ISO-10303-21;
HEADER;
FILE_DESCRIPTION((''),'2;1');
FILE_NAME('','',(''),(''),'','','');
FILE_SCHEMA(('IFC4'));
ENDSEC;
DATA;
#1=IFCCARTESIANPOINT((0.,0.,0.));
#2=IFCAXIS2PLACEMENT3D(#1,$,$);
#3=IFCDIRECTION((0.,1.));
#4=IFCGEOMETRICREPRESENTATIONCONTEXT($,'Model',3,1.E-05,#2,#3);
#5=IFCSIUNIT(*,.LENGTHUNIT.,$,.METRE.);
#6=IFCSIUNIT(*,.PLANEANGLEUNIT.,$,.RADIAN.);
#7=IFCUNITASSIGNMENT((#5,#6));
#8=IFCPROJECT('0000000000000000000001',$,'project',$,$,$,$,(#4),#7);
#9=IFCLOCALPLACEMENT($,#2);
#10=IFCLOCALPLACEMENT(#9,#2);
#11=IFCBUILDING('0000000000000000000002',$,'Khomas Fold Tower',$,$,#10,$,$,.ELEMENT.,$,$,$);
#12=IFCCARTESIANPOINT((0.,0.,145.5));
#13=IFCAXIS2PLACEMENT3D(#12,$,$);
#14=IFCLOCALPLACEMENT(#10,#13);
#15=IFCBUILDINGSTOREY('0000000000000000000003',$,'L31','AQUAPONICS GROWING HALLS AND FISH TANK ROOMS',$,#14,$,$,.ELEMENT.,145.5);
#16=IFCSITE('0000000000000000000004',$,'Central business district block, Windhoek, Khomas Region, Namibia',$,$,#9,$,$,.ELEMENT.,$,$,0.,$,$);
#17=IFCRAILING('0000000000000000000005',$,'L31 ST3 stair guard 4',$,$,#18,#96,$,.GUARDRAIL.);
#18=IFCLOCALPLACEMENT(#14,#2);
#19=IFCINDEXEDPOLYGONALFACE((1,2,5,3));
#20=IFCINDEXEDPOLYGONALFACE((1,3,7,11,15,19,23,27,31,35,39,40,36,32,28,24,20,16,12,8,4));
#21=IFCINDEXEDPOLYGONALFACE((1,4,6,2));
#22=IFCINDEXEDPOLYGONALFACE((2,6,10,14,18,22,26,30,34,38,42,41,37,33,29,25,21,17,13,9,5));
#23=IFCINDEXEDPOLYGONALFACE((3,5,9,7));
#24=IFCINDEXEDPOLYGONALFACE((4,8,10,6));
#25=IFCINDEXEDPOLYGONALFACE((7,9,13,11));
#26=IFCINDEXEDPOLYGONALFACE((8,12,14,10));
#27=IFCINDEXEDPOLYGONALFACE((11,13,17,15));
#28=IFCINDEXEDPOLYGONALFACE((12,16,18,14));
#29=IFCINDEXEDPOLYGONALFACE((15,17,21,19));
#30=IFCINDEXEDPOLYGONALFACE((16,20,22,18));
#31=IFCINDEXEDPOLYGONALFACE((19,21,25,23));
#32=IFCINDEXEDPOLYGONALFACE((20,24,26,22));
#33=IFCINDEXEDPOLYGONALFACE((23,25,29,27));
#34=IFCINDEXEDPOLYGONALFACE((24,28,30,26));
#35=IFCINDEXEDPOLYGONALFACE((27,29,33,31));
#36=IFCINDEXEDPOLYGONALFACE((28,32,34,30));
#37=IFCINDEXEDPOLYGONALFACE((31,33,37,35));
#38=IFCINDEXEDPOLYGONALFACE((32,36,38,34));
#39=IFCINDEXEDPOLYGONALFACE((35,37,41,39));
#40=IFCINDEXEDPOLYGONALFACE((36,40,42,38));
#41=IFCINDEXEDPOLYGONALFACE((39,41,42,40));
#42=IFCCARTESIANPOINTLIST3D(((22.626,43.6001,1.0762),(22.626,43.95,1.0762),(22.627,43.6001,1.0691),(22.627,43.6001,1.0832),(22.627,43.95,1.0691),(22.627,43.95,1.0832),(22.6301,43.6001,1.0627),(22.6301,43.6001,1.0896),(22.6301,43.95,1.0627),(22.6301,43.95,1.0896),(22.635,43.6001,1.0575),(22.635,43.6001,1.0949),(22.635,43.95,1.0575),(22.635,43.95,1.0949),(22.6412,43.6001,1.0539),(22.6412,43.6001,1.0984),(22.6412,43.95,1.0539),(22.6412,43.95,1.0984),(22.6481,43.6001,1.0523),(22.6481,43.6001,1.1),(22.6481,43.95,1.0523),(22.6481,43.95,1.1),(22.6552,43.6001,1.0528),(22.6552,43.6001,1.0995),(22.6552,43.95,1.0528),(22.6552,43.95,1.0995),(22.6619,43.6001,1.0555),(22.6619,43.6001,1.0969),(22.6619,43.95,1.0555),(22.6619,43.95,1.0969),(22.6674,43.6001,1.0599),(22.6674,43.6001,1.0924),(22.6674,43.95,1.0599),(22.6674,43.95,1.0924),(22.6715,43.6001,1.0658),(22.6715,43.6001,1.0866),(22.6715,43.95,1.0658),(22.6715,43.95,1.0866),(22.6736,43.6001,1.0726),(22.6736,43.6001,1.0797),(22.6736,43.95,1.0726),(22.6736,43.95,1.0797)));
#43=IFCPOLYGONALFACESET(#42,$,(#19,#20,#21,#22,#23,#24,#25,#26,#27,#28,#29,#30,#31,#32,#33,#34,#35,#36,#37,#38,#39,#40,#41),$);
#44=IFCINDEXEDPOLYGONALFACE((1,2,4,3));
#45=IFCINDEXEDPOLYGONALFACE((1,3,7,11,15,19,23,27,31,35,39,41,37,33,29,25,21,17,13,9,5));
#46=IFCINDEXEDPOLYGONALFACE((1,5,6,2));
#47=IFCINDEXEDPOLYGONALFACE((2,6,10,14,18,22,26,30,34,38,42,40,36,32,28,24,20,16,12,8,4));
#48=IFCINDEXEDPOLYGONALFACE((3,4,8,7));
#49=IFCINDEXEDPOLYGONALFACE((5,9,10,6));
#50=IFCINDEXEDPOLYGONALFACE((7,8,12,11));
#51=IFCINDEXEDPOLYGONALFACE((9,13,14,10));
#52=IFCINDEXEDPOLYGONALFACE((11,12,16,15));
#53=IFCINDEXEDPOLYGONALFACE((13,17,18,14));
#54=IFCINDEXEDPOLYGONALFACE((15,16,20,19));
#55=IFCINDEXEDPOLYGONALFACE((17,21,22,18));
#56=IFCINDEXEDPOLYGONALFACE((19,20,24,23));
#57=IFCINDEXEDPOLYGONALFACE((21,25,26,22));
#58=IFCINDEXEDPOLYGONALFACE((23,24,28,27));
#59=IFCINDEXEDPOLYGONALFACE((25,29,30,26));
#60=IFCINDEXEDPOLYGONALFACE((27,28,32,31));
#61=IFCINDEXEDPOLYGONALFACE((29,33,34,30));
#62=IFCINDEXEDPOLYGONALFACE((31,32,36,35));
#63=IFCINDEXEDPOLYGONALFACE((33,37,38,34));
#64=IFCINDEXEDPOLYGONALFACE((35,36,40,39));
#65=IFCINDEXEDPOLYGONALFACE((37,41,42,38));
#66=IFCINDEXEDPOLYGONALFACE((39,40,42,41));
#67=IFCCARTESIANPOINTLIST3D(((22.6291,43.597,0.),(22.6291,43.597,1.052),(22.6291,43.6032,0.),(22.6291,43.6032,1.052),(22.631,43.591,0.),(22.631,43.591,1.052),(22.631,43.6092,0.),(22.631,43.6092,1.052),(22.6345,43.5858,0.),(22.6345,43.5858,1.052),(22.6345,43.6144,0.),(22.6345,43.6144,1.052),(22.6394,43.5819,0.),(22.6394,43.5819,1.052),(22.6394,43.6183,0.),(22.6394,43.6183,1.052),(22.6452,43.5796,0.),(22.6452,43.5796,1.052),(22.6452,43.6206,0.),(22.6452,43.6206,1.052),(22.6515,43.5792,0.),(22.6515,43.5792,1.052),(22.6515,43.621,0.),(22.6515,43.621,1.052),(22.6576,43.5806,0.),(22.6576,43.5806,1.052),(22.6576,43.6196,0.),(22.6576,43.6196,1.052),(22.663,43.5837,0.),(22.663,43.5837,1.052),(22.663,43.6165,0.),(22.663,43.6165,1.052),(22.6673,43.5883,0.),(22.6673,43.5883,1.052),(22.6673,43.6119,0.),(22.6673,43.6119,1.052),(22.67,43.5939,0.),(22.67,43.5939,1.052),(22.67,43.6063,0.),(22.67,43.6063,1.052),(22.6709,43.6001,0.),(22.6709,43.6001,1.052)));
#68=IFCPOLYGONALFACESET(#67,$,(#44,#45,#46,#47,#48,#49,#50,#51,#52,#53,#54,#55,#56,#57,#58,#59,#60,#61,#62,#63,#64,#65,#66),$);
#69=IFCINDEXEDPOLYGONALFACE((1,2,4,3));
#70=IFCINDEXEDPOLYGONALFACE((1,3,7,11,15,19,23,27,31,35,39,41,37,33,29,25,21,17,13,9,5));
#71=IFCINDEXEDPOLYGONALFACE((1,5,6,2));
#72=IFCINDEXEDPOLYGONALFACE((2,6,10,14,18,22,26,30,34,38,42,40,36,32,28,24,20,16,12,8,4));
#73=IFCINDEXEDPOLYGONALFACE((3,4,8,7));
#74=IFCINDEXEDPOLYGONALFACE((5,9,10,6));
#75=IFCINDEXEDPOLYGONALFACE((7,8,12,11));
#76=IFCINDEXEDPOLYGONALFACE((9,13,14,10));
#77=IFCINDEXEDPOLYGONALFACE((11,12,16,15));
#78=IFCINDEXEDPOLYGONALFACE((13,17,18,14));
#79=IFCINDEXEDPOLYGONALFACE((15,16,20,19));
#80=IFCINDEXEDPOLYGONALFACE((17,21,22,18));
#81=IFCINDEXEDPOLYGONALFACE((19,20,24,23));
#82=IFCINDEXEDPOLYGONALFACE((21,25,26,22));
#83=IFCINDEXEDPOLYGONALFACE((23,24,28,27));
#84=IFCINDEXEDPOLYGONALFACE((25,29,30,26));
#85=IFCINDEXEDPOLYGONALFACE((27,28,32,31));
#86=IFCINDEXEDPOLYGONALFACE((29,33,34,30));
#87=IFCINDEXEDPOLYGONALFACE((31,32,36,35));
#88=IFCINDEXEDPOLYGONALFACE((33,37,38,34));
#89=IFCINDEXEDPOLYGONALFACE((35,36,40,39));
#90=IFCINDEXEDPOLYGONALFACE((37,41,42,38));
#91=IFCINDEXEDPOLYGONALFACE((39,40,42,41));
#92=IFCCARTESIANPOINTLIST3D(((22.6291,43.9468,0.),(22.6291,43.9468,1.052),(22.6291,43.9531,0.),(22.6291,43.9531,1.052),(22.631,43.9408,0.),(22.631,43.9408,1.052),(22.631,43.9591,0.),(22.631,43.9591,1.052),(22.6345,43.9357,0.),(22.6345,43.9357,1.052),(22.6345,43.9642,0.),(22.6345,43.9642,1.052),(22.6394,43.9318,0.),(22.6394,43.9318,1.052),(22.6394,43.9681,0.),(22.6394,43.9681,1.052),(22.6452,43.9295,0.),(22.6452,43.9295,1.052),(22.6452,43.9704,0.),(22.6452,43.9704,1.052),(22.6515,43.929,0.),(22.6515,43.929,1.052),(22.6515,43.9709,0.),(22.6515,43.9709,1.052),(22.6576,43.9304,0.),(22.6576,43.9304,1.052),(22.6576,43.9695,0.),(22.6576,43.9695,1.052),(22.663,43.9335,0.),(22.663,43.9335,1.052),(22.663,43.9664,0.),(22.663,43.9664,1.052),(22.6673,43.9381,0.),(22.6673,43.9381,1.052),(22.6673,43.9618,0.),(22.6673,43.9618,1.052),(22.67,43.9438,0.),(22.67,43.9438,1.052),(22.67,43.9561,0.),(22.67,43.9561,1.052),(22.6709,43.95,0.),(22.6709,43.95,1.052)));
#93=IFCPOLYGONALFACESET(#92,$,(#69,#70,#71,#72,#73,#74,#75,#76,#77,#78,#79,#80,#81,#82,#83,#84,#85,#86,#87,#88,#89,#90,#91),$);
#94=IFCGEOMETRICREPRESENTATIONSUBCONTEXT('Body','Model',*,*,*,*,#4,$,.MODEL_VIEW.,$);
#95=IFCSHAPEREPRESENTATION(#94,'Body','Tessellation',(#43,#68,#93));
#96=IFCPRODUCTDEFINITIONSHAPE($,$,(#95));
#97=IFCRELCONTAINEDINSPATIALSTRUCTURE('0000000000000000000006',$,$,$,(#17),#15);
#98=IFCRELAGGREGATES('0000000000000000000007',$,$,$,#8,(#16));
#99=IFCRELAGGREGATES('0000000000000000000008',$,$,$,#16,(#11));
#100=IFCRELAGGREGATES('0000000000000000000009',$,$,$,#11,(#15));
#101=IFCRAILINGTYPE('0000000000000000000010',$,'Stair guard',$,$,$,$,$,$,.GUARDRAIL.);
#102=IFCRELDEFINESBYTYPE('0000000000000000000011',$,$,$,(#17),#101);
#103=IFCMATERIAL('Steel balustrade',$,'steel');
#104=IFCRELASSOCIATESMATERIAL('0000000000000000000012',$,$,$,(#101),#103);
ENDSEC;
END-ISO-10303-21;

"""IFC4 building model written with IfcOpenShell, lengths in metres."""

from ifc_helpers import new_model, si_unit, direction, frame, origin, origin_2d, place, context, subcontext, project, spatial, circle, extrude, source, transform, mapped, material, type_object, element, save


model = new_model("IFC4")

# Units and contexts
model_context = context("Model", 3, precision=1e-05, world=origin(), true_north=direction((0.0, 1.0)))
body_context = subcontext(model_context, "Body", "Model", "MODEL_VIEW")
ifc_project = project(units=[si_unit("LENGTHUNIT", "METRE"), si_unit("PLANEANGLEUNIT", "RADIAN")], contexts=[model_context])

# Site, building, storey
site_placement = place(None, origin())
site = spatial("IfcSite", under=ifc_project, at=site_placement, Name="Central business district block, Windhoek, Khomas Region, Namibia", CompositionType="ELEMENT", RefElevation=0.0)
building_placement = place(site_placement, origin())
building = spatial("IfcBuilding", under=site, at=building_placement, Name="Khomas Fold Tower", CompositionType="ELEMENT")
storey_placement = place(building_placement, frame((0.0, 0.0, 145.5)))
storey = spatial("IfcBuildingStorey", under=building, at=storey_placement, Name="L31", Description="AQUAPONICS GROWING HALLS AND FISH TANK ROOMS", CompositionType="ELEMENT", Elevation=145.5)

# Railing
ifc_material_1 = material(Name="Steel balustrade", Category="steel")
railing_type_1 = type_object("IfcRailingType", Name="Stair guard", PredefinedType="GUARDRAIL", material=ifc_material_1)
shared_shape_1 = source(origin(), body_context, "Body", "SweptSolid", [
    extrude(circle(Radius=0.0239, at=origin_2d()), frame((0.0, 0.0, 1.0762), z_axis=(0.0, 1.0, 0.0), x_axis=(-1.0, 0.0, 0.0)), (0.0, 0.0, 1.0), 0.3499),
    extrude(circle(Radius=0.021, at=origin_2d()), origin(), (0.0, 0.0, 1.0), 1.052),
    extrude(circle(Radius=0.021, at=origin_2d()), frame((0.0, 0.3499, 0.0)), (0.0, 0.0, 1.0), 1.052),
])
for number, where, name in (
    (1, (22.6499, 43.6001, 0.0), "L31 ST3 stair guard 4"),
):
    element("IfcRailing", number, at=place(storey_placement, frame(where)), inside=storey, type_object=railing_type_1, Name=name, PredefinedType="GUARDRAIL", context=body_context, shape_type="MappedRepresentation", body=[
        mapped(shared_shape_1, transform((0.0, 0.0, 0.0))),
    ])

save(model, "model.ifc")
